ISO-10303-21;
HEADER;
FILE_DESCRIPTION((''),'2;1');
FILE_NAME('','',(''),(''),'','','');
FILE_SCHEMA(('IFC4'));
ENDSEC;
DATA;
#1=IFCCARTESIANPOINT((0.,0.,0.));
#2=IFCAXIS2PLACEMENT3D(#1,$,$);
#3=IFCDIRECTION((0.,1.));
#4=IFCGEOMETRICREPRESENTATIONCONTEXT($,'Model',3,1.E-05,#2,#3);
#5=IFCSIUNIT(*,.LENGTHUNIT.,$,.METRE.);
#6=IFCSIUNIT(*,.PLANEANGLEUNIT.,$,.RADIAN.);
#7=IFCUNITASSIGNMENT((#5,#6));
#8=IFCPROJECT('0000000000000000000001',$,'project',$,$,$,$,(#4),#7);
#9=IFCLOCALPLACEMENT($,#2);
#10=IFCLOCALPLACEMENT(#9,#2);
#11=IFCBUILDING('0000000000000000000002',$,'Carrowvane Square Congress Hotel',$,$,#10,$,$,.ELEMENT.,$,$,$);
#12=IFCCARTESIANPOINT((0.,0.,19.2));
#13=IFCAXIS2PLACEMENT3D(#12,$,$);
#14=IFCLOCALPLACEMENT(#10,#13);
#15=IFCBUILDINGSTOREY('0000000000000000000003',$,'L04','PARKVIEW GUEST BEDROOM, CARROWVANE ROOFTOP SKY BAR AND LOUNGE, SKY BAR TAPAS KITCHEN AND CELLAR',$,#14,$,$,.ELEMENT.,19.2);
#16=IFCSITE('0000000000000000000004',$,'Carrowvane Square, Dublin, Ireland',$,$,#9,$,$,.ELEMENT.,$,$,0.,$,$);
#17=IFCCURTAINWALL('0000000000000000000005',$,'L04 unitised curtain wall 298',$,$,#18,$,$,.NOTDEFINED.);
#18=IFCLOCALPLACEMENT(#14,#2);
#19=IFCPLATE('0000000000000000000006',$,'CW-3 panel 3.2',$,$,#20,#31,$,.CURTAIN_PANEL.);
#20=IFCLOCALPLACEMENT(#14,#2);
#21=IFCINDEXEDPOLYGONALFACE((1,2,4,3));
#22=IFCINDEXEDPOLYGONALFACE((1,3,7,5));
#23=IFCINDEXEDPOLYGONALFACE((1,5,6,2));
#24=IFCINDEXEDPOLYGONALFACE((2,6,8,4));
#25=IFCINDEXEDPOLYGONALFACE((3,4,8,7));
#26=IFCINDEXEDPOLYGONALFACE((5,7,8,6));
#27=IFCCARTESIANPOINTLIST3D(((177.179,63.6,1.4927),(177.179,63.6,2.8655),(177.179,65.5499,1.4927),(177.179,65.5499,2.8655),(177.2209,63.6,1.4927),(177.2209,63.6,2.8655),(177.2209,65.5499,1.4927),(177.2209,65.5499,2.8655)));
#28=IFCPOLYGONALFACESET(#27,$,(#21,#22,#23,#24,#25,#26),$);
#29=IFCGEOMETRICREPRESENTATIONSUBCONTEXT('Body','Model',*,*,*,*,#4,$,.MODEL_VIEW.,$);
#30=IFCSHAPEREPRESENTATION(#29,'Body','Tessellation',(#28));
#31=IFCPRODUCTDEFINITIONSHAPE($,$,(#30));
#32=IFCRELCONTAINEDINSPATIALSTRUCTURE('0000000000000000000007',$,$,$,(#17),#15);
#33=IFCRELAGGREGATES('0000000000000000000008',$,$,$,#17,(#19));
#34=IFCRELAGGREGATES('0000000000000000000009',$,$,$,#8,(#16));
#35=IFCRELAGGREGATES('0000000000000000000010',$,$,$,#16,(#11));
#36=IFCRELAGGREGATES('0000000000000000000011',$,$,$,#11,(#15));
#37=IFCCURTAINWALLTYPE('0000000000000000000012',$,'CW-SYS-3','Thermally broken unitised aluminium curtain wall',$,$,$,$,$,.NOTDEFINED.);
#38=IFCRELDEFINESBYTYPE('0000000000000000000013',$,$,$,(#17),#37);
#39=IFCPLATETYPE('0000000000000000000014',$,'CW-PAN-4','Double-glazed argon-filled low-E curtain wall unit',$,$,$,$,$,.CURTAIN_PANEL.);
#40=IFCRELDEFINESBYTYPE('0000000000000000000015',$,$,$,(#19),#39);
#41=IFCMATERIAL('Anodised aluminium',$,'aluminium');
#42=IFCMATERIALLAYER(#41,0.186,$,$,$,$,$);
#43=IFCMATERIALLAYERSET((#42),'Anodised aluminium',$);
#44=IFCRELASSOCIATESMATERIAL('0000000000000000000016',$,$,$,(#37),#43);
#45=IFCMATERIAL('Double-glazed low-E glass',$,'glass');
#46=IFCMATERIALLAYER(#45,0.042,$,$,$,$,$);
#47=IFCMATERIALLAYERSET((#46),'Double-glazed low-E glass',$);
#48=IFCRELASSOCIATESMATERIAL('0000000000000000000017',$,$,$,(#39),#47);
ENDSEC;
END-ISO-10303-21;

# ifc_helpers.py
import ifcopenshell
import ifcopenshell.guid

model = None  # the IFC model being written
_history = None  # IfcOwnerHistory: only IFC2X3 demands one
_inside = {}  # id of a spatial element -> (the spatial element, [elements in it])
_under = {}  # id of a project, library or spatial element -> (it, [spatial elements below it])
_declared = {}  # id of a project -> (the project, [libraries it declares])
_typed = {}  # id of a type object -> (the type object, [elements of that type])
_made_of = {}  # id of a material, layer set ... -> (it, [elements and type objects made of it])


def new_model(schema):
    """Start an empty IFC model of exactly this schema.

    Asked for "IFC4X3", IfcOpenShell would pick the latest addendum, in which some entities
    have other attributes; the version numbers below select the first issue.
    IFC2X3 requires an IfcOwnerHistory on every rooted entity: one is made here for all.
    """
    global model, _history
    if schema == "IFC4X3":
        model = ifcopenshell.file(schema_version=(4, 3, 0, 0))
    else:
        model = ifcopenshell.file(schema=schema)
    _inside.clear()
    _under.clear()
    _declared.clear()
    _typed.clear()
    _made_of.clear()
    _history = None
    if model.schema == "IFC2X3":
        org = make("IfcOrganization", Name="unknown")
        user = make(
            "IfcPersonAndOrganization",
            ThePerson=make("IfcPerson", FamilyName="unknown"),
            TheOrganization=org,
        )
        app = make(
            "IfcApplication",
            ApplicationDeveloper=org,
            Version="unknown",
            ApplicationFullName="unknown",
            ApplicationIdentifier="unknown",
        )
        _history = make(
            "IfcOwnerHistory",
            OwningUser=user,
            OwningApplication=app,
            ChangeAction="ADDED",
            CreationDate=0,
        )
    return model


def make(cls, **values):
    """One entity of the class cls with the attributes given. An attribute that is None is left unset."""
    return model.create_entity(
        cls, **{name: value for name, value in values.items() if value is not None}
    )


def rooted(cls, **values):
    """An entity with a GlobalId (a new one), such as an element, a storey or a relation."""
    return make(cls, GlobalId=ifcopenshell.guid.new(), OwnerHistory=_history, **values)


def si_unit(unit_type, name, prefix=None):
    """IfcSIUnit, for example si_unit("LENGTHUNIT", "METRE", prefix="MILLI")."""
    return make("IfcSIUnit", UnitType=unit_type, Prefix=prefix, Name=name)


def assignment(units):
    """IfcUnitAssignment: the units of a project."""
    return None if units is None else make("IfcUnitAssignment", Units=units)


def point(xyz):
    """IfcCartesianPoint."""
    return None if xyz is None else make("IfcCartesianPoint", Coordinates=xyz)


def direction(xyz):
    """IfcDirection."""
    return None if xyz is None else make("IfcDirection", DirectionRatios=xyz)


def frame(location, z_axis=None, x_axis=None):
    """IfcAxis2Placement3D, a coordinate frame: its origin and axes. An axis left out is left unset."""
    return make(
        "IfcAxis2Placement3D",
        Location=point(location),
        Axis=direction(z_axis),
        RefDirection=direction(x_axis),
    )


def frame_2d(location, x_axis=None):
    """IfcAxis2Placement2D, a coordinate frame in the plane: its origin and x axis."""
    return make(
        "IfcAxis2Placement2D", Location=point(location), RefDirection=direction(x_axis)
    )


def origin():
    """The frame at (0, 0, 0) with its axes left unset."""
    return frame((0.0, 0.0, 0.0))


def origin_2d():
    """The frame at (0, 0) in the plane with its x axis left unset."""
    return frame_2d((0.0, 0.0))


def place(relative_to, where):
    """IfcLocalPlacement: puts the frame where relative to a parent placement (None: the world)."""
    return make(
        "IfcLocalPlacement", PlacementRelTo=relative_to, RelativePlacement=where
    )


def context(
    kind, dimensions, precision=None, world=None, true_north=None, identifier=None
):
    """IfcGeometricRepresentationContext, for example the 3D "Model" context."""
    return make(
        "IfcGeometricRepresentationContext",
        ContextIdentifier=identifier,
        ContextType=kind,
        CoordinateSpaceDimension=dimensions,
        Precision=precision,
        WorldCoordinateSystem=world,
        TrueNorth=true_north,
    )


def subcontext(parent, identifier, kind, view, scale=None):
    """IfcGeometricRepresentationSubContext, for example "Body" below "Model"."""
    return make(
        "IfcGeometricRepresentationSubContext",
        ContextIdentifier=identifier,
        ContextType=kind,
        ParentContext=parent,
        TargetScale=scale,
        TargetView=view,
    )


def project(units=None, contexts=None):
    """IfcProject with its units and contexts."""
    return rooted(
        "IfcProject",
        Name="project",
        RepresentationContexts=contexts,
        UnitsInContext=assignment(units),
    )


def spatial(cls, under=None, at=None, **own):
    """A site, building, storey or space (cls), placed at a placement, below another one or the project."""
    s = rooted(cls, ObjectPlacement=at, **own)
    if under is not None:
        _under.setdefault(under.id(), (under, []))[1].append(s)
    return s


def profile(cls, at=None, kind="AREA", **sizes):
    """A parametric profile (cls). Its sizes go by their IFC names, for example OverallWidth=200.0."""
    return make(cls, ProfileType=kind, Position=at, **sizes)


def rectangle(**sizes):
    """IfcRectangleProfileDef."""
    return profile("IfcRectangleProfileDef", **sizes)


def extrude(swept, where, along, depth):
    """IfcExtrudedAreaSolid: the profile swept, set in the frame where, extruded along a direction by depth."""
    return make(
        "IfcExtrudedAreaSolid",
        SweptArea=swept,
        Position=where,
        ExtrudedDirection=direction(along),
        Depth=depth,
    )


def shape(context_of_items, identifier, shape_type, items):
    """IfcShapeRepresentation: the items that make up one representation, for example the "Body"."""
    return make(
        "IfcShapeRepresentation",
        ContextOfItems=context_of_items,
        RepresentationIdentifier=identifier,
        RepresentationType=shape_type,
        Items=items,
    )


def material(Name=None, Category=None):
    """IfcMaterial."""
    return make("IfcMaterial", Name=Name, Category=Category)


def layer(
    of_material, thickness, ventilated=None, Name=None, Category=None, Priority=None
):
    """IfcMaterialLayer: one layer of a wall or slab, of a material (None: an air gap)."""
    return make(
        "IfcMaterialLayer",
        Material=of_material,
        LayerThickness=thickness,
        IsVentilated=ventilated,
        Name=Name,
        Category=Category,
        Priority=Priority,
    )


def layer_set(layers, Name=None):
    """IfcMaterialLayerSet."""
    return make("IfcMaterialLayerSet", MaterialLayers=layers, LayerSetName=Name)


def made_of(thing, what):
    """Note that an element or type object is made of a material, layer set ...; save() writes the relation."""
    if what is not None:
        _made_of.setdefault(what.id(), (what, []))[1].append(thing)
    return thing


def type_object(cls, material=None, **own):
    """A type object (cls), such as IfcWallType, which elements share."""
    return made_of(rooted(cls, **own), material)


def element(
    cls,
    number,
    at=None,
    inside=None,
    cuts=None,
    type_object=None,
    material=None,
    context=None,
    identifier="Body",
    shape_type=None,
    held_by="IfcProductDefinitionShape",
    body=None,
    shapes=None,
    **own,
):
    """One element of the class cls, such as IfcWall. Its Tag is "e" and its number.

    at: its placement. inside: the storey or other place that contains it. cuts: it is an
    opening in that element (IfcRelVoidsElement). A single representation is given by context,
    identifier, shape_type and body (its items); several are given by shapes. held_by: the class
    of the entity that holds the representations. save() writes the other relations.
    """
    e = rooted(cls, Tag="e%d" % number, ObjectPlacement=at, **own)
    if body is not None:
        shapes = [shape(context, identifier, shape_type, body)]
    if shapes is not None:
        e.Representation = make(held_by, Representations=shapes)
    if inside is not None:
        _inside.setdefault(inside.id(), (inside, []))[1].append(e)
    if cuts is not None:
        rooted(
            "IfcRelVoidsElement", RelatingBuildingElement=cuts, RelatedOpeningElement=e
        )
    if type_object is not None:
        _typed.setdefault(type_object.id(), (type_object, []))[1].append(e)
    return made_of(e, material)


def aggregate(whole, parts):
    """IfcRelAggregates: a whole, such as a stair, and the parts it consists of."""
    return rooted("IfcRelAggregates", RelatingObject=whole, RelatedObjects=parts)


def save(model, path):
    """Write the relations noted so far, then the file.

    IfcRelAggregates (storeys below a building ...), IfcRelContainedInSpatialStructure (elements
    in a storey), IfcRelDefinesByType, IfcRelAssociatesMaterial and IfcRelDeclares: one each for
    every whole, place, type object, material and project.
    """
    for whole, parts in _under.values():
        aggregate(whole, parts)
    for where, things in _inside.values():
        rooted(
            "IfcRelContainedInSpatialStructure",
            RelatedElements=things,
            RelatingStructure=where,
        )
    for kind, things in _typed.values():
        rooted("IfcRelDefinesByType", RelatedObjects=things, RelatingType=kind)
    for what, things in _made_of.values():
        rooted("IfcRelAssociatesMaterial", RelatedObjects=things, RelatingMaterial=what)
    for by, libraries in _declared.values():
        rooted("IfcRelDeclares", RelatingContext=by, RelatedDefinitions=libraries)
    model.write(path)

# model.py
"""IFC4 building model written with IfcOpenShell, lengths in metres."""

from ifc_helpers import new_model, si_unit, direction, frame, origin, origin_2d, place, context, subcontext, project, spatial, rectangle, extrude, material, layer, layer_set, type_object, element, aggregate, save


model = new_model("IFC4")

# Units and contexts
model_context = context("Model", 3, precision=1e-05, world=origin(), true_north=direction((0.0, 1.0)))
body_context = subcontext(model_context, "Body", "Model", "MODEL_VIEW")
ifc_project = project(units=[si_unit("LENGTHUNIT", "METRE"), si_unit("PLANEANGLEUNIT", "RADIAN")], contexts=[model_context])

# Site, building, storey
site_placement = place(None, origin())
site = spatial("IfcSite", under=ifc_project, at=site_placement, Name="Carrowvane Square, Dublin, Ireland", CompositionType="ELEMENT", RefElevation=0.0)
building_placement = place(site_placement, origin())
building = spatial("IfcBuilding", under=site, at=building_placement, Name="Carrowvane Square Congress Hotel", CompositionType="ELEMENT")
storey_placement = place(building_placement, frame((0.0, 0.0, 19.2)))
storey = spatial("IfcBuildingStorey", under=building, at=storey_placement, Name="L04", Description="PARKVIEW GUEST BEDROOM, CARROWVANE ROOFTOP SKY BAR AND LOUNGE, SKY BAR TAPAS KITCHEN AND CELLAR", CompositionType="ELEMENT", Elevation=19.2)

# Curtain wall
ifc_material_1 = material(Name="Anodised aluminium", Category="aluminium")
ifc_layer_1 = layer(ifc_material_1, 0.186)
ifc_layer_set_1 = layer_set([ifc_layer_1], Name="Anodised aluminium")
curtain_wall_type_1 = type_object("IfcCurtainWallType", Name="CW-SYS-3", Description="Thermally broken unitised aluminium curtain wall", PredefinedType="NOTDEFINED", material=ifc_layer_set_1)
curtain_wall_1_placement = place(storey_placement, origin())
curtain_wall_1 = element("IfcCurtainWall", 1, at=curtain_wall_1_placement, inside=storey, type_object=curtain_wall_type_1, Name="L04 unitised curtain wall 298", PredefinedType="NOTDEFINED")

# Plate
ifc_material_2 = material(Name="Double-glazed low-E glass", Category="glass")
ifc_layer_2 = layer(ifc_material_2, 0.042)
ifc_layer_set_2 = layer_set([ifc_layer_2], Name="Double-glazed low-E glass")
plate_type = type_object("IfcPlateType", Name="CW-PAN-4", Description="Double-glazed argon-filled low-E curtain wall unit", PredefinedType="CURTAIN_PANEL", material=ifc_layer_set_2)
plate_1_placement = place(storey_placement, frame((177.2, 64.575, 1.4927), z_axis=(0.0, 0.0, 1.0), x_axis=(0.0, -1.0, 0.0)))
plate_1 = element("IfcPlate", 2, at=plate_1_placement, type_object=plate_type, Name="CW-3 panel 3.2", PredefinedType="CURTAIN_PANEL", context=body_context, shape_type="SweptSolid", body=[
    extrude(rectangle(XDim=1.95, YDim=0.042, at=origin_2d()), origin(), (0.0, 0.0, 1.0), 1.3728),
])
aggregate(curtain_wall_1, [plate_1])

save(model, "model.ifc")
